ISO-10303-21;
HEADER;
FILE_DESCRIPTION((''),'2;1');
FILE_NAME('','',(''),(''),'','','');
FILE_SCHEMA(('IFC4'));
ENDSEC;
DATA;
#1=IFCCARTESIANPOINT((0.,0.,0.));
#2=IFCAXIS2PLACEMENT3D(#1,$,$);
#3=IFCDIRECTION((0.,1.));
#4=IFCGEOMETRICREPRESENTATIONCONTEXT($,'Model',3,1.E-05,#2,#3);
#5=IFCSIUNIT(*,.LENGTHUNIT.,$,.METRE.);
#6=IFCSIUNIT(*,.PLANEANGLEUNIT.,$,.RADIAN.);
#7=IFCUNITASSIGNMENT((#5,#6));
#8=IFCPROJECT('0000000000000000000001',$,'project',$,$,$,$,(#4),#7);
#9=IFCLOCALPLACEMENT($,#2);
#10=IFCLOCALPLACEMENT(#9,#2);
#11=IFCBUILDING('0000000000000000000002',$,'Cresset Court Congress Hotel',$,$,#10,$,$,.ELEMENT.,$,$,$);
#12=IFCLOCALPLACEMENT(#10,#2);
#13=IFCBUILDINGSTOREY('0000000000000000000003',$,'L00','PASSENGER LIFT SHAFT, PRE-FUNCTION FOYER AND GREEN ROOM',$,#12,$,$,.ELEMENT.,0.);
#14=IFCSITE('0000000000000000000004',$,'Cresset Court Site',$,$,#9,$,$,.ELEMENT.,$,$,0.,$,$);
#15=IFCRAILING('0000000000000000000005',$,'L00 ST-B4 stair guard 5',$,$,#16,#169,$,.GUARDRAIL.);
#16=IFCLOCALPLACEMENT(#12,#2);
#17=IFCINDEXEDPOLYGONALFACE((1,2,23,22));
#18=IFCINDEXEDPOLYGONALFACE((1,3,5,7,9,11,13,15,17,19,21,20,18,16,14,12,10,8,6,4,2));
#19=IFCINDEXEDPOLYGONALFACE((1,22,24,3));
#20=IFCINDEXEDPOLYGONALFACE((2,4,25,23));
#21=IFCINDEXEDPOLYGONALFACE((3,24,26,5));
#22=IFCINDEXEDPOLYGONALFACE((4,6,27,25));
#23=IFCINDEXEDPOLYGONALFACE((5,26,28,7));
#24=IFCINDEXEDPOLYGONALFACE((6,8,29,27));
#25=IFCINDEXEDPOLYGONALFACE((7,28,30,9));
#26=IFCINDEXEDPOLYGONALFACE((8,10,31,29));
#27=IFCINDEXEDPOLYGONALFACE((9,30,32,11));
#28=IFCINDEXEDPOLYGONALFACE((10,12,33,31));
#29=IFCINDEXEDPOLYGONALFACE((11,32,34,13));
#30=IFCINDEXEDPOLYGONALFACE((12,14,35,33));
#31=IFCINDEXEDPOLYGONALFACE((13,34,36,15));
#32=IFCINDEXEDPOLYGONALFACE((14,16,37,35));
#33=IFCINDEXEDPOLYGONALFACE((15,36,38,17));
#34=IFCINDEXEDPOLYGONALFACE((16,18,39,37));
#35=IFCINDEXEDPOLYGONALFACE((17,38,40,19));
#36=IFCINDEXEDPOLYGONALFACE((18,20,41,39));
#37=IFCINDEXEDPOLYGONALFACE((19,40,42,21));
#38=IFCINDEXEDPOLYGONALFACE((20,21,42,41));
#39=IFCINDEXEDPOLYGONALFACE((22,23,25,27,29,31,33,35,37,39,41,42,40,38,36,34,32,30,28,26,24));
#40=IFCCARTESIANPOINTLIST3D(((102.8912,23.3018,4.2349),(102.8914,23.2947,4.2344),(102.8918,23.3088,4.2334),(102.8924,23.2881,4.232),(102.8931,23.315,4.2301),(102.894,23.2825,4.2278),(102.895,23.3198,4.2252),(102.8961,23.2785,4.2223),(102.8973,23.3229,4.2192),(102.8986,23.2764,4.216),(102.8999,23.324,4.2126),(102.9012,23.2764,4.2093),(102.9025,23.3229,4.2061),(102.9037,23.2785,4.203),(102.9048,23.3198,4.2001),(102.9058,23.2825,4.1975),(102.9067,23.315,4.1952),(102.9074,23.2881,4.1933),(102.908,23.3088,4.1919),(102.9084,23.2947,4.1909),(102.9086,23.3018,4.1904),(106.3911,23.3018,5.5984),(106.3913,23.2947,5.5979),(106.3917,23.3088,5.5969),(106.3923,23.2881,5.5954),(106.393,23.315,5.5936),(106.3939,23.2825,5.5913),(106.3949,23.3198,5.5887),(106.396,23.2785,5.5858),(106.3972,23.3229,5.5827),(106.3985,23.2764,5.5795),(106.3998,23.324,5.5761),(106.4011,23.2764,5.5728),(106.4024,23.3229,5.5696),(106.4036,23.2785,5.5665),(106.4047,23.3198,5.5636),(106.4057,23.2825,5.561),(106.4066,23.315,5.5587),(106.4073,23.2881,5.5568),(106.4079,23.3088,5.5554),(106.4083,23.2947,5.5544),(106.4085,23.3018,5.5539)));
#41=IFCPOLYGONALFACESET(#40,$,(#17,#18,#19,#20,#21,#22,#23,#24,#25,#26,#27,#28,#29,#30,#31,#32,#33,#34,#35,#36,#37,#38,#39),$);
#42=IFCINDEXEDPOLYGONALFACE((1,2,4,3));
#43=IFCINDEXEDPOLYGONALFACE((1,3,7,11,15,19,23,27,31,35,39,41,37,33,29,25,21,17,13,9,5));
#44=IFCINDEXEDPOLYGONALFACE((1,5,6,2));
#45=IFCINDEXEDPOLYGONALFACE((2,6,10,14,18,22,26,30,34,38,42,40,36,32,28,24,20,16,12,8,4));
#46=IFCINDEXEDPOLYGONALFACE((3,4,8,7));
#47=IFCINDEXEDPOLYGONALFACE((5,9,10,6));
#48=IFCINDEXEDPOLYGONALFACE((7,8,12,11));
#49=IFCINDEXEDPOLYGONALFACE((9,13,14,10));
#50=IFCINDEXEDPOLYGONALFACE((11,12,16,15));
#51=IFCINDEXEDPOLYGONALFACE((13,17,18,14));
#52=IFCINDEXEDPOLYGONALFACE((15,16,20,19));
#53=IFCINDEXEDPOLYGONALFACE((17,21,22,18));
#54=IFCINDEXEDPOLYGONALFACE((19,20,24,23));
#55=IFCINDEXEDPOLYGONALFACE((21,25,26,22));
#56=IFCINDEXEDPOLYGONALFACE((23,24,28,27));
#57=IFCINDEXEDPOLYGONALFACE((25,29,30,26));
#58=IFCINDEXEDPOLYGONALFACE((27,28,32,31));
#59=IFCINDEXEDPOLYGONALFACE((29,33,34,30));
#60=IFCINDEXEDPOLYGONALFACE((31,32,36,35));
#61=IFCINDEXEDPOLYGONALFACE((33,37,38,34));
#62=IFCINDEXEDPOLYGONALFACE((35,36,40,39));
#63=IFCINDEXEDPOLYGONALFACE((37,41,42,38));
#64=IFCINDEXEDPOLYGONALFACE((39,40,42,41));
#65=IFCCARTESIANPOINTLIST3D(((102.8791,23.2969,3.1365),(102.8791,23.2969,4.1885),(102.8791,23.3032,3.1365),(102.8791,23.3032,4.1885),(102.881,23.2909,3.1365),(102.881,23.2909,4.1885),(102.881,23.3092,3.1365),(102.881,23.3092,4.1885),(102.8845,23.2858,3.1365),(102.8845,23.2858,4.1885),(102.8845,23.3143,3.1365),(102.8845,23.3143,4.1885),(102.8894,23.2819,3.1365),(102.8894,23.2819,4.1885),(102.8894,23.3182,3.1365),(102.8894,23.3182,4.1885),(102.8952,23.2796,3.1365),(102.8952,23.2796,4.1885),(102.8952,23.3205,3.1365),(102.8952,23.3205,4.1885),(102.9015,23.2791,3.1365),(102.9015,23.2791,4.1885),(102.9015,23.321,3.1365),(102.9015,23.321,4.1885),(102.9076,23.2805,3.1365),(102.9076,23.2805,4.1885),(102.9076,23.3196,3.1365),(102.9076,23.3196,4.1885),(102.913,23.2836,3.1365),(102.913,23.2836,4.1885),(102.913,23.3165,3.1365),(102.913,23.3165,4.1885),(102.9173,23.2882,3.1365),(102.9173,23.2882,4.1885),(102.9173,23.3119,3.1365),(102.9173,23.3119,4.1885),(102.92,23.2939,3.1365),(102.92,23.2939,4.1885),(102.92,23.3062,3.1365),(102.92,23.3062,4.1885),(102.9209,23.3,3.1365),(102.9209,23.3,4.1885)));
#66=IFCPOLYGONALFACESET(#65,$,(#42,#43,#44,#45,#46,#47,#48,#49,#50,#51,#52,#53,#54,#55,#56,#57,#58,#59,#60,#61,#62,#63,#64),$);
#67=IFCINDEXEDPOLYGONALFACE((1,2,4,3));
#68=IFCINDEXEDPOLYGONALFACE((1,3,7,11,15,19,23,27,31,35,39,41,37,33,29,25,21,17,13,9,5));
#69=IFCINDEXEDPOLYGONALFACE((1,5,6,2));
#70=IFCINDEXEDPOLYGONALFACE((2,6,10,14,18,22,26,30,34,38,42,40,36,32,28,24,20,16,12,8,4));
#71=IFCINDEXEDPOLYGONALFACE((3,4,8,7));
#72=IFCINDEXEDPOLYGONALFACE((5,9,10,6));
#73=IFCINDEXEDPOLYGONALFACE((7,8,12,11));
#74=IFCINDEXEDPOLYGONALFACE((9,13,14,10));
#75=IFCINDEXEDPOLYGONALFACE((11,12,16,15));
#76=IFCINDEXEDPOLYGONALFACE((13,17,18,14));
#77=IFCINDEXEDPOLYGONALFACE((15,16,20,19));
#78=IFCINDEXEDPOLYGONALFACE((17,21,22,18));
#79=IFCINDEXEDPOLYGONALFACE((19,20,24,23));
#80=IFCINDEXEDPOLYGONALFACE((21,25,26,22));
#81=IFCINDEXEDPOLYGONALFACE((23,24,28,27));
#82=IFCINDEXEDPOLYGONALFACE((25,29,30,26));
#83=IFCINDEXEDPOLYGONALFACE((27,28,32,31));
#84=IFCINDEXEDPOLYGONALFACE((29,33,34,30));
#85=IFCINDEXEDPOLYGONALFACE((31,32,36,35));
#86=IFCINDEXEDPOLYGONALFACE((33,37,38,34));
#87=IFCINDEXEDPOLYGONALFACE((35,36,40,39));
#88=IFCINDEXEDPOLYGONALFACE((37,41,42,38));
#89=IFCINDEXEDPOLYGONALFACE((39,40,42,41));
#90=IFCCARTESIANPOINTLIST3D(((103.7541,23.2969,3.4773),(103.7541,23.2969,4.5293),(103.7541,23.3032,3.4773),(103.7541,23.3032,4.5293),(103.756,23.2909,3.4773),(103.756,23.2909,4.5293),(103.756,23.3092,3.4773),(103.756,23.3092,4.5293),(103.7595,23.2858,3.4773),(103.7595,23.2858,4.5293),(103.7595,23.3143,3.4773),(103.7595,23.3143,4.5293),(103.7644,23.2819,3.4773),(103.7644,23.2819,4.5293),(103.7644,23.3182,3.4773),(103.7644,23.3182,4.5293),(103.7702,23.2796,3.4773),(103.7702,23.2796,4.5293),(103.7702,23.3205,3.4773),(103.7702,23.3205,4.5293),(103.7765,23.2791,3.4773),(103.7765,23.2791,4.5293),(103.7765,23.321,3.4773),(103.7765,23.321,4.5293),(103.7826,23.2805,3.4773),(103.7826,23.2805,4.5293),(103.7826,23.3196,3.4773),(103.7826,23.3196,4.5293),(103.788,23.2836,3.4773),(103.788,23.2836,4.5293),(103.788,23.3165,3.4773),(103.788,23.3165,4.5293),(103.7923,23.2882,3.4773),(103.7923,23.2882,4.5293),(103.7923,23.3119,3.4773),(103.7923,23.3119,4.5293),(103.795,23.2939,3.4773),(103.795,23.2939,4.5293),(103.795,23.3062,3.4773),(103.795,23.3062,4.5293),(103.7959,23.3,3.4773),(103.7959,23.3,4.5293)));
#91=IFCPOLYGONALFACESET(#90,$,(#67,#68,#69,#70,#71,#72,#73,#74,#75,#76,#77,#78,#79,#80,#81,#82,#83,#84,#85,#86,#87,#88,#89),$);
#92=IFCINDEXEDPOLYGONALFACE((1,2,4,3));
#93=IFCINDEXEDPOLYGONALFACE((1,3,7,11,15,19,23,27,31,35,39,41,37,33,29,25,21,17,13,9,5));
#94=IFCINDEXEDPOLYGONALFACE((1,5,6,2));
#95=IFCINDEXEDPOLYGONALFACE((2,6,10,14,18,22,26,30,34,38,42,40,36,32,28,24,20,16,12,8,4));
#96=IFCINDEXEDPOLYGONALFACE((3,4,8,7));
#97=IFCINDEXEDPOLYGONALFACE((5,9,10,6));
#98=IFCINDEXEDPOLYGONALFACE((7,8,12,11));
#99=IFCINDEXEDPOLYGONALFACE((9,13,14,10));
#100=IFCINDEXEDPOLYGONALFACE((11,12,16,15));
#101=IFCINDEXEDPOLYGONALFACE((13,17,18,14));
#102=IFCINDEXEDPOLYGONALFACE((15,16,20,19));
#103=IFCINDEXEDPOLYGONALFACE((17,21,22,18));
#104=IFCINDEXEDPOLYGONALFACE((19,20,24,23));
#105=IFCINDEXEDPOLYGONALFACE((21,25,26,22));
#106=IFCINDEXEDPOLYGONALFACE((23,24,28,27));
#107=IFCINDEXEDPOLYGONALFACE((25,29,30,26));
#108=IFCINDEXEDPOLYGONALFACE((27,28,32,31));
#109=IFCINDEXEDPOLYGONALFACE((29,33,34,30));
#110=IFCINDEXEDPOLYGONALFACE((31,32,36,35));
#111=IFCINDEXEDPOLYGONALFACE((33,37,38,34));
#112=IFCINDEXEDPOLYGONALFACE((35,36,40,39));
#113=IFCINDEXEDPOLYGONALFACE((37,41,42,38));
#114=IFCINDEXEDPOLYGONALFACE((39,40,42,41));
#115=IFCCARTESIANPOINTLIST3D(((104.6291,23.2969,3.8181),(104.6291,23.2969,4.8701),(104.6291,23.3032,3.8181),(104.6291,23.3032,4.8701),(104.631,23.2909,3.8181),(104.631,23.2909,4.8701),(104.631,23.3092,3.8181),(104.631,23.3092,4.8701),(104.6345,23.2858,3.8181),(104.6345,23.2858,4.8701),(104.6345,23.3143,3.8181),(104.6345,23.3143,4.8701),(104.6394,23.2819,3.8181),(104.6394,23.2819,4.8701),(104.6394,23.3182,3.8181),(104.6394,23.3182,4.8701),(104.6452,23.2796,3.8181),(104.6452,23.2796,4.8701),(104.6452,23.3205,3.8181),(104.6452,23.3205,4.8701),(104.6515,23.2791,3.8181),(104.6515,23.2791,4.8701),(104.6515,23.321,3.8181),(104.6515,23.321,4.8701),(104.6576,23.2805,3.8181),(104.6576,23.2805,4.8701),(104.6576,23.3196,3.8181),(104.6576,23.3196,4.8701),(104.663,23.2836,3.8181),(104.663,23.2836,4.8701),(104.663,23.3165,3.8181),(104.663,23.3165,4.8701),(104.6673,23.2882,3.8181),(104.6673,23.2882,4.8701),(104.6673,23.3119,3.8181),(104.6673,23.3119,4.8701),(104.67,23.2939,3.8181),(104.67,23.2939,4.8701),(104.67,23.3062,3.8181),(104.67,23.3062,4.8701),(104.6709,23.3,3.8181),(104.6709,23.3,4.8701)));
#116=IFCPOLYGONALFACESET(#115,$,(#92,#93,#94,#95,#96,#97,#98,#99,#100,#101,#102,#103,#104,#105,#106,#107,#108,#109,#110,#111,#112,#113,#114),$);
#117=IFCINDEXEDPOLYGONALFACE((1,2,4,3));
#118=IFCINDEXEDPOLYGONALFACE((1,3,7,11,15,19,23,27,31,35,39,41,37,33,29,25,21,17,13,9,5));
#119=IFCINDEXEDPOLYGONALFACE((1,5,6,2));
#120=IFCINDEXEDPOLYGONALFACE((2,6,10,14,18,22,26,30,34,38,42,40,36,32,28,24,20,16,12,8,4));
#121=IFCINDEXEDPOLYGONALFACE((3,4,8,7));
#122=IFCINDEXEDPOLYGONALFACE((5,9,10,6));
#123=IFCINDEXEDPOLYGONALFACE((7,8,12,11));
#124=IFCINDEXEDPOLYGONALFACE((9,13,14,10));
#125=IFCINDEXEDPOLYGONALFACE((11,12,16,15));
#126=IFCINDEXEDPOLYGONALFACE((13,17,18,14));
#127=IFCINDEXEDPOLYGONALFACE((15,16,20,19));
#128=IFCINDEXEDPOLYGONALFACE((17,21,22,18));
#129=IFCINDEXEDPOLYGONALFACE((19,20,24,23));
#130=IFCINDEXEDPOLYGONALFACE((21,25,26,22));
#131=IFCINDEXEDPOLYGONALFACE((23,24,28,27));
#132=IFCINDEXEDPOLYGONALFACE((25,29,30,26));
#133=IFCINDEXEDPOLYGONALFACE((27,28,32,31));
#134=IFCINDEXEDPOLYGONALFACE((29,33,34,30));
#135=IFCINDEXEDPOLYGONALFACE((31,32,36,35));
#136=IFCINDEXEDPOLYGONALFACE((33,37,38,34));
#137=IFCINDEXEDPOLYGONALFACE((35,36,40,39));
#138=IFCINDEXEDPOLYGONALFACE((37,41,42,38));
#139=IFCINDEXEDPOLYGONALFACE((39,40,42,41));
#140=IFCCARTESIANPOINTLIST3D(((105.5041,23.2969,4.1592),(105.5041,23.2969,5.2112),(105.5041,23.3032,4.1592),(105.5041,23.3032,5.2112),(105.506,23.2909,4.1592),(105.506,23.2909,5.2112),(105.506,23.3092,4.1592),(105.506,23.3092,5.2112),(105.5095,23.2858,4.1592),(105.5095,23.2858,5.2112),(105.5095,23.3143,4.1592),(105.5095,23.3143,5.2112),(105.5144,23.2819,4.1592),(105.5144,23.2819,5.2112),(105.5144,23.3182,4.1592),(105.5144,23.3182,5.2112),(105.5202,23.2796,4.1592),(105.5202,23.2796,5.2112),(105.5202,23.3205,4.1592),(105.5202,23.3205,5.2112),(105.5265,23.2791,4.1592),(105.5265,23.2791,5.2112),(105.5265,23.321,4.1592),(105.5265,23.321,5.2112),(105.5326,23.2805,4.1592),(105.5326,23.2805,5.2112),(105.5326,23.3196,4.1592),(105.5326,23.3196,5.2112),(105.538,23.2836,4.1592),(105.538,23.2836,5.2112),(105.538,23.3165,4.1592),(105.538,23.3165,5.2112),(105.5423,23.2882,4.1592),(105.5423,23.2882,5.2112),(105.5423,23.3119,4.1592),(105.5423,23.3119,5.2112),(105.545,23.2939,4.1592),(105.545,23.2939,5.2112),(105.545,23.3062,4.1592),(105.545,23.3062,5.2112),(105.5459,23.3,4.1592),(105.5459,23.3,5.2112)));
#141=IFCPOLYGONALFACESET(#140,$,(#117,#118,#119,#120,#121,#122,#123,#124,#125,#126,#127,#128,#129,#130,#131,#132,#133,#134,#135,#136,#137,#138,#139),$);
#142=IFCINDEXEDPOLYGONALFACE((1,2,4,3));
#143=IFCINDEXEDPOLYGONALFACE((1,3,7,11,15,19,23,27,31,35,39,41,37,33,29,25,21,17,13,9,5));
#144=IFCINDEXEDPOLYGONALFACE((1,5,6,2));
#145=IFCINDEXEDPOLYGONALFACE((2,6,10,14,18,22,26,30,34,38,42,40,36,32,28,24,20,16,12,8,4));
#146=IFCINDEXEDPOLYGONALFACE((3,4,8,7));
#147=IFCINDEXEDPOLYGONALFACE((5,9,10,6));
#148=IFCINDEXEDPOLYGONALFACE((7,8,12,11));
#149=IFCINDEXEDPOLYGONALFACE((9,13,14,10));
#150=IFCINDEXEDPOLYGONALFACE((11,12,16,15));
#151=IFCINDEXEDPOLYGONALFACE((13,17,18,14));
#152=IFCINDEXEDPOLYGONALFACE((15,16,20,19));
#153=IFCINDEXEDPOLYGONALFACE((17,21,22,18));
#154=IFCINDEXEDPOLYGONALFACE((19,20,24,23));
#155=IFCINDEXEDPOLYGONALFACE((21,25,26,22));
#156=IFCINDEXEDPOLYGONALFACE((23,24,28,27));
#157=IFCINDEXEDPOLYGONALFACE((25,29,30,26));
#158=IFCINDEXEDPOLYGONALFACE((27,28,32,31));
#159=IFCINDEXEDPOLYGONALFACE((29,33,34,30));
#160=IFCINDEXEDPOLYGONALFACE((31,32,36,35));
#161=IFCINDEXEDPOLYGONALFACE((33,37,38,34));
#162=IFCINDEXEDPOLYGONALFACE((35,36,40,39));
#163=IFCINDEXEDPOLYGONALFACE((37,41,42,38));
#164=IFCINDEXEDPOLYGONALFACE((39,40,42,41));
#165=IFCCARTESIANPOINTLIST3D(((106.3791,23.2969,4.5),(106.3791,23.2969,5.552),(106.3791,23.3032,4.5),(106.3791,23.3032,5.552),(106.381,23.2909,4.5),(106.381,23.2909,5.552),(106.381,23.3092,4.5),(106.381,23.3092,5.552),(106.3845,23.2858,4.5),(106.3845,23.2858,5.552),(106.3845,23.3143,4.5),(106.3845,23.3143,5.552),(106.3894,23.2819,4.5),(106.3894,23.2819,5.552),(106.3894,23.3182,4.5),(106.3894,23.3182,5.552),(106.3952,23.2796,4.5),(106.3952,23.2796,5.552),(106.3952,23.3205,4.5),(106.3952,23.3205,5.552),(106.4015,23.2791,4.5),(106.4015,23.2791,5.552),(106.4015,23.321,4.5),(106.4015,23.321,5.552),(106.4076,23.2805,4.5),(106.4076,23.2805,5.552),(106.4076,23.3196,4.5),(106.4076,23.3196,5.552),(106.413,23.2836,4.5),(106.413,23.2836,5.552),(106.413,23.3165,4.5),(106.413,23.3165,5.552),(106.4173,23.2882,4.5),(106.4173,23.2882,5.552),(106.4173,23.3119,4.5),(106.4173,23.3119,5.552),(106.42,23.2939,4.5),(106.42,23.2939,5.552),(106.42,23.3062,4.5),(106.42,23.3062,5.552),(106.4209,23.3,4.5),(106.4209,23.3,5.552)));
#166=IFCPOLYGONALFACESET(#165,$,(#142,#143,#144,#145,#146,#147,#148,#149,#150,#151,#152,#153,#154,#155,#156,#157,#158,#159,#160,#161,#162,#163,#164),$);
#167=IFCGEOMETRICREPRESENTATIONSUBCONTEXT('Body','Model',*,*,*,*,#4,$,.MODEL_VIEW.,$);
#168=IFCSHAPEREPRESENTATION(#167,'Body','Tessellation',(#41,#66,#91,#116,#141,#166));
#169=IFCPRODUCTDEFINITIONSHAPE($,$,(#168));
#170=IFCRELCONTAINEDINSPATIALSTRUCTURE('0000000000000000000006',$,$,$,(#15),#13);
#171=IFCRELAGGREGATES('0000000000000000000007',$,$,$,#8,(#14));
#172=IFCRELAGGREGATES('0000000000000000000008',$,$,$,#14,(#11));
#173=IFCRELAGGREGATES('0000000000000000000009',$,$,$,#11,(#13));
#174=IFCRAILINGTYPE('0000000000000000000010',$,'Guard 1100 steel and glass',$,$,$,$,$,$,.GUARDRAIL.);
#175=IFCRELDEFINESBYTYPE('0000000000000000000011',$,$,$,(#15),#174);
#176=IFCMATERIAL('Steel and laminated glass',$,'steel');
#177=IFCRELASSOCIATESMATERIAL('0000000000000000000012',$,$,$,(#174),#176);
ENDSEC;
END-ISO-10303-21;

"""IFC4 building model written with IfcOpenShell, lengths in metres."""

from ifc_helpers import new_model, si_unit, direction, frame, origin, origin_2d, place, context, subcontext, project, spatial, circle, extrude, material, type_object, element, save


model = new_model("IFC4")

# Units and contexts
model_context = context("Model", 3, precision=1e-05, world=origin(), true_north=direction((0.0, 1.0)))
body_context = subcontext(model_context, "Body", "Model", "MODEL_VIEW")
ifc_project = project(units=[si_unit("LENGTHUNIT", "METRE"), si_unit("PLANEANGLEUNIT", "RADIAN")], contexts=[model_context])

# Site, building, storey
site_placement = place(None, origin())
site = spatial("IfcSite", under=ifc_project, at=site_placement, Name="Cresset Court Site", CompositionType="ELEMENT", RefElevation=0.0)
building_placement = place(site_placement, origin())
building = spatial("IfcBuilding", under=site, at=building_placement, Name="Cresset Court Congress Hotel", CompositionType="ELEMENT")
storey_placement = place(building_placement, origin())
storey = spatial("IfcBuildingStorey", under=building, at=storey_placement, Name="L00", Description="PASSENGER LIFT SHAFT, PRE-FUNCTION FOYER AND GREEN ROOM", CompositionType="ELEMENT", Elevation=0.0)

# Railing
ifc_material_1 = material(Name="Steel and laminated glass", Category="steel")
railing_type_1 = type_object("IfcRailingType", Name="Guard 1100 steel and glass", PredefinedType="GUARDRAIL", material=ifc_material_1)
railing_1_placement = place(storey_placement, frame((102.8999, 23.3, 3.1365)))
element("IfcRailing", 1, at=railing_1_placement, inside=storey, type_object=railing_type_1, Name="L00 ST-B4 stair guard 5", PredefinedType="GUARDRAIL", context=body_context, shape_type="SweptSolid", body=[
    extrude(circle(Radius=0.0239, at=origin_2d()), frame((0.0, 0.0, 1.0762), z_axis=(0.931787, 0.0, 0.363005), x_axis=(0.0, 1.0, 0.0)), (0.0, 0.0, 1.0), 3.7561),
    extrude(circle(Radius=0.021, at=origin_2d()), origin(), (0.0, 0.0, 1.0), 1.052),
    extrude(circle(Radius=0.021, at=origin_2d()), frame((0.875, 0.0, 0.3408)), (0.0, 0.0, 1.0), 1.052),
    extrude(circle(Radius=0.021, at=origin_2d()), frame((1.75, 0.0, 0.6816)), (0.0, 0.0, 1.0), 1.052),
    extrude(circle(Radius=0.021, at=origin_2d()), frame((2.625, 0.0, 1.0227)), (0.0, 0.0, 1.0), 1.052),
    extrude(circle(Radius=0.021, at=origin_2d()), frame((3.5, 0.0, 1.3635)), (0.0, 0.0, 1.0), 1.052),
])

save(model, "model.ifc")
